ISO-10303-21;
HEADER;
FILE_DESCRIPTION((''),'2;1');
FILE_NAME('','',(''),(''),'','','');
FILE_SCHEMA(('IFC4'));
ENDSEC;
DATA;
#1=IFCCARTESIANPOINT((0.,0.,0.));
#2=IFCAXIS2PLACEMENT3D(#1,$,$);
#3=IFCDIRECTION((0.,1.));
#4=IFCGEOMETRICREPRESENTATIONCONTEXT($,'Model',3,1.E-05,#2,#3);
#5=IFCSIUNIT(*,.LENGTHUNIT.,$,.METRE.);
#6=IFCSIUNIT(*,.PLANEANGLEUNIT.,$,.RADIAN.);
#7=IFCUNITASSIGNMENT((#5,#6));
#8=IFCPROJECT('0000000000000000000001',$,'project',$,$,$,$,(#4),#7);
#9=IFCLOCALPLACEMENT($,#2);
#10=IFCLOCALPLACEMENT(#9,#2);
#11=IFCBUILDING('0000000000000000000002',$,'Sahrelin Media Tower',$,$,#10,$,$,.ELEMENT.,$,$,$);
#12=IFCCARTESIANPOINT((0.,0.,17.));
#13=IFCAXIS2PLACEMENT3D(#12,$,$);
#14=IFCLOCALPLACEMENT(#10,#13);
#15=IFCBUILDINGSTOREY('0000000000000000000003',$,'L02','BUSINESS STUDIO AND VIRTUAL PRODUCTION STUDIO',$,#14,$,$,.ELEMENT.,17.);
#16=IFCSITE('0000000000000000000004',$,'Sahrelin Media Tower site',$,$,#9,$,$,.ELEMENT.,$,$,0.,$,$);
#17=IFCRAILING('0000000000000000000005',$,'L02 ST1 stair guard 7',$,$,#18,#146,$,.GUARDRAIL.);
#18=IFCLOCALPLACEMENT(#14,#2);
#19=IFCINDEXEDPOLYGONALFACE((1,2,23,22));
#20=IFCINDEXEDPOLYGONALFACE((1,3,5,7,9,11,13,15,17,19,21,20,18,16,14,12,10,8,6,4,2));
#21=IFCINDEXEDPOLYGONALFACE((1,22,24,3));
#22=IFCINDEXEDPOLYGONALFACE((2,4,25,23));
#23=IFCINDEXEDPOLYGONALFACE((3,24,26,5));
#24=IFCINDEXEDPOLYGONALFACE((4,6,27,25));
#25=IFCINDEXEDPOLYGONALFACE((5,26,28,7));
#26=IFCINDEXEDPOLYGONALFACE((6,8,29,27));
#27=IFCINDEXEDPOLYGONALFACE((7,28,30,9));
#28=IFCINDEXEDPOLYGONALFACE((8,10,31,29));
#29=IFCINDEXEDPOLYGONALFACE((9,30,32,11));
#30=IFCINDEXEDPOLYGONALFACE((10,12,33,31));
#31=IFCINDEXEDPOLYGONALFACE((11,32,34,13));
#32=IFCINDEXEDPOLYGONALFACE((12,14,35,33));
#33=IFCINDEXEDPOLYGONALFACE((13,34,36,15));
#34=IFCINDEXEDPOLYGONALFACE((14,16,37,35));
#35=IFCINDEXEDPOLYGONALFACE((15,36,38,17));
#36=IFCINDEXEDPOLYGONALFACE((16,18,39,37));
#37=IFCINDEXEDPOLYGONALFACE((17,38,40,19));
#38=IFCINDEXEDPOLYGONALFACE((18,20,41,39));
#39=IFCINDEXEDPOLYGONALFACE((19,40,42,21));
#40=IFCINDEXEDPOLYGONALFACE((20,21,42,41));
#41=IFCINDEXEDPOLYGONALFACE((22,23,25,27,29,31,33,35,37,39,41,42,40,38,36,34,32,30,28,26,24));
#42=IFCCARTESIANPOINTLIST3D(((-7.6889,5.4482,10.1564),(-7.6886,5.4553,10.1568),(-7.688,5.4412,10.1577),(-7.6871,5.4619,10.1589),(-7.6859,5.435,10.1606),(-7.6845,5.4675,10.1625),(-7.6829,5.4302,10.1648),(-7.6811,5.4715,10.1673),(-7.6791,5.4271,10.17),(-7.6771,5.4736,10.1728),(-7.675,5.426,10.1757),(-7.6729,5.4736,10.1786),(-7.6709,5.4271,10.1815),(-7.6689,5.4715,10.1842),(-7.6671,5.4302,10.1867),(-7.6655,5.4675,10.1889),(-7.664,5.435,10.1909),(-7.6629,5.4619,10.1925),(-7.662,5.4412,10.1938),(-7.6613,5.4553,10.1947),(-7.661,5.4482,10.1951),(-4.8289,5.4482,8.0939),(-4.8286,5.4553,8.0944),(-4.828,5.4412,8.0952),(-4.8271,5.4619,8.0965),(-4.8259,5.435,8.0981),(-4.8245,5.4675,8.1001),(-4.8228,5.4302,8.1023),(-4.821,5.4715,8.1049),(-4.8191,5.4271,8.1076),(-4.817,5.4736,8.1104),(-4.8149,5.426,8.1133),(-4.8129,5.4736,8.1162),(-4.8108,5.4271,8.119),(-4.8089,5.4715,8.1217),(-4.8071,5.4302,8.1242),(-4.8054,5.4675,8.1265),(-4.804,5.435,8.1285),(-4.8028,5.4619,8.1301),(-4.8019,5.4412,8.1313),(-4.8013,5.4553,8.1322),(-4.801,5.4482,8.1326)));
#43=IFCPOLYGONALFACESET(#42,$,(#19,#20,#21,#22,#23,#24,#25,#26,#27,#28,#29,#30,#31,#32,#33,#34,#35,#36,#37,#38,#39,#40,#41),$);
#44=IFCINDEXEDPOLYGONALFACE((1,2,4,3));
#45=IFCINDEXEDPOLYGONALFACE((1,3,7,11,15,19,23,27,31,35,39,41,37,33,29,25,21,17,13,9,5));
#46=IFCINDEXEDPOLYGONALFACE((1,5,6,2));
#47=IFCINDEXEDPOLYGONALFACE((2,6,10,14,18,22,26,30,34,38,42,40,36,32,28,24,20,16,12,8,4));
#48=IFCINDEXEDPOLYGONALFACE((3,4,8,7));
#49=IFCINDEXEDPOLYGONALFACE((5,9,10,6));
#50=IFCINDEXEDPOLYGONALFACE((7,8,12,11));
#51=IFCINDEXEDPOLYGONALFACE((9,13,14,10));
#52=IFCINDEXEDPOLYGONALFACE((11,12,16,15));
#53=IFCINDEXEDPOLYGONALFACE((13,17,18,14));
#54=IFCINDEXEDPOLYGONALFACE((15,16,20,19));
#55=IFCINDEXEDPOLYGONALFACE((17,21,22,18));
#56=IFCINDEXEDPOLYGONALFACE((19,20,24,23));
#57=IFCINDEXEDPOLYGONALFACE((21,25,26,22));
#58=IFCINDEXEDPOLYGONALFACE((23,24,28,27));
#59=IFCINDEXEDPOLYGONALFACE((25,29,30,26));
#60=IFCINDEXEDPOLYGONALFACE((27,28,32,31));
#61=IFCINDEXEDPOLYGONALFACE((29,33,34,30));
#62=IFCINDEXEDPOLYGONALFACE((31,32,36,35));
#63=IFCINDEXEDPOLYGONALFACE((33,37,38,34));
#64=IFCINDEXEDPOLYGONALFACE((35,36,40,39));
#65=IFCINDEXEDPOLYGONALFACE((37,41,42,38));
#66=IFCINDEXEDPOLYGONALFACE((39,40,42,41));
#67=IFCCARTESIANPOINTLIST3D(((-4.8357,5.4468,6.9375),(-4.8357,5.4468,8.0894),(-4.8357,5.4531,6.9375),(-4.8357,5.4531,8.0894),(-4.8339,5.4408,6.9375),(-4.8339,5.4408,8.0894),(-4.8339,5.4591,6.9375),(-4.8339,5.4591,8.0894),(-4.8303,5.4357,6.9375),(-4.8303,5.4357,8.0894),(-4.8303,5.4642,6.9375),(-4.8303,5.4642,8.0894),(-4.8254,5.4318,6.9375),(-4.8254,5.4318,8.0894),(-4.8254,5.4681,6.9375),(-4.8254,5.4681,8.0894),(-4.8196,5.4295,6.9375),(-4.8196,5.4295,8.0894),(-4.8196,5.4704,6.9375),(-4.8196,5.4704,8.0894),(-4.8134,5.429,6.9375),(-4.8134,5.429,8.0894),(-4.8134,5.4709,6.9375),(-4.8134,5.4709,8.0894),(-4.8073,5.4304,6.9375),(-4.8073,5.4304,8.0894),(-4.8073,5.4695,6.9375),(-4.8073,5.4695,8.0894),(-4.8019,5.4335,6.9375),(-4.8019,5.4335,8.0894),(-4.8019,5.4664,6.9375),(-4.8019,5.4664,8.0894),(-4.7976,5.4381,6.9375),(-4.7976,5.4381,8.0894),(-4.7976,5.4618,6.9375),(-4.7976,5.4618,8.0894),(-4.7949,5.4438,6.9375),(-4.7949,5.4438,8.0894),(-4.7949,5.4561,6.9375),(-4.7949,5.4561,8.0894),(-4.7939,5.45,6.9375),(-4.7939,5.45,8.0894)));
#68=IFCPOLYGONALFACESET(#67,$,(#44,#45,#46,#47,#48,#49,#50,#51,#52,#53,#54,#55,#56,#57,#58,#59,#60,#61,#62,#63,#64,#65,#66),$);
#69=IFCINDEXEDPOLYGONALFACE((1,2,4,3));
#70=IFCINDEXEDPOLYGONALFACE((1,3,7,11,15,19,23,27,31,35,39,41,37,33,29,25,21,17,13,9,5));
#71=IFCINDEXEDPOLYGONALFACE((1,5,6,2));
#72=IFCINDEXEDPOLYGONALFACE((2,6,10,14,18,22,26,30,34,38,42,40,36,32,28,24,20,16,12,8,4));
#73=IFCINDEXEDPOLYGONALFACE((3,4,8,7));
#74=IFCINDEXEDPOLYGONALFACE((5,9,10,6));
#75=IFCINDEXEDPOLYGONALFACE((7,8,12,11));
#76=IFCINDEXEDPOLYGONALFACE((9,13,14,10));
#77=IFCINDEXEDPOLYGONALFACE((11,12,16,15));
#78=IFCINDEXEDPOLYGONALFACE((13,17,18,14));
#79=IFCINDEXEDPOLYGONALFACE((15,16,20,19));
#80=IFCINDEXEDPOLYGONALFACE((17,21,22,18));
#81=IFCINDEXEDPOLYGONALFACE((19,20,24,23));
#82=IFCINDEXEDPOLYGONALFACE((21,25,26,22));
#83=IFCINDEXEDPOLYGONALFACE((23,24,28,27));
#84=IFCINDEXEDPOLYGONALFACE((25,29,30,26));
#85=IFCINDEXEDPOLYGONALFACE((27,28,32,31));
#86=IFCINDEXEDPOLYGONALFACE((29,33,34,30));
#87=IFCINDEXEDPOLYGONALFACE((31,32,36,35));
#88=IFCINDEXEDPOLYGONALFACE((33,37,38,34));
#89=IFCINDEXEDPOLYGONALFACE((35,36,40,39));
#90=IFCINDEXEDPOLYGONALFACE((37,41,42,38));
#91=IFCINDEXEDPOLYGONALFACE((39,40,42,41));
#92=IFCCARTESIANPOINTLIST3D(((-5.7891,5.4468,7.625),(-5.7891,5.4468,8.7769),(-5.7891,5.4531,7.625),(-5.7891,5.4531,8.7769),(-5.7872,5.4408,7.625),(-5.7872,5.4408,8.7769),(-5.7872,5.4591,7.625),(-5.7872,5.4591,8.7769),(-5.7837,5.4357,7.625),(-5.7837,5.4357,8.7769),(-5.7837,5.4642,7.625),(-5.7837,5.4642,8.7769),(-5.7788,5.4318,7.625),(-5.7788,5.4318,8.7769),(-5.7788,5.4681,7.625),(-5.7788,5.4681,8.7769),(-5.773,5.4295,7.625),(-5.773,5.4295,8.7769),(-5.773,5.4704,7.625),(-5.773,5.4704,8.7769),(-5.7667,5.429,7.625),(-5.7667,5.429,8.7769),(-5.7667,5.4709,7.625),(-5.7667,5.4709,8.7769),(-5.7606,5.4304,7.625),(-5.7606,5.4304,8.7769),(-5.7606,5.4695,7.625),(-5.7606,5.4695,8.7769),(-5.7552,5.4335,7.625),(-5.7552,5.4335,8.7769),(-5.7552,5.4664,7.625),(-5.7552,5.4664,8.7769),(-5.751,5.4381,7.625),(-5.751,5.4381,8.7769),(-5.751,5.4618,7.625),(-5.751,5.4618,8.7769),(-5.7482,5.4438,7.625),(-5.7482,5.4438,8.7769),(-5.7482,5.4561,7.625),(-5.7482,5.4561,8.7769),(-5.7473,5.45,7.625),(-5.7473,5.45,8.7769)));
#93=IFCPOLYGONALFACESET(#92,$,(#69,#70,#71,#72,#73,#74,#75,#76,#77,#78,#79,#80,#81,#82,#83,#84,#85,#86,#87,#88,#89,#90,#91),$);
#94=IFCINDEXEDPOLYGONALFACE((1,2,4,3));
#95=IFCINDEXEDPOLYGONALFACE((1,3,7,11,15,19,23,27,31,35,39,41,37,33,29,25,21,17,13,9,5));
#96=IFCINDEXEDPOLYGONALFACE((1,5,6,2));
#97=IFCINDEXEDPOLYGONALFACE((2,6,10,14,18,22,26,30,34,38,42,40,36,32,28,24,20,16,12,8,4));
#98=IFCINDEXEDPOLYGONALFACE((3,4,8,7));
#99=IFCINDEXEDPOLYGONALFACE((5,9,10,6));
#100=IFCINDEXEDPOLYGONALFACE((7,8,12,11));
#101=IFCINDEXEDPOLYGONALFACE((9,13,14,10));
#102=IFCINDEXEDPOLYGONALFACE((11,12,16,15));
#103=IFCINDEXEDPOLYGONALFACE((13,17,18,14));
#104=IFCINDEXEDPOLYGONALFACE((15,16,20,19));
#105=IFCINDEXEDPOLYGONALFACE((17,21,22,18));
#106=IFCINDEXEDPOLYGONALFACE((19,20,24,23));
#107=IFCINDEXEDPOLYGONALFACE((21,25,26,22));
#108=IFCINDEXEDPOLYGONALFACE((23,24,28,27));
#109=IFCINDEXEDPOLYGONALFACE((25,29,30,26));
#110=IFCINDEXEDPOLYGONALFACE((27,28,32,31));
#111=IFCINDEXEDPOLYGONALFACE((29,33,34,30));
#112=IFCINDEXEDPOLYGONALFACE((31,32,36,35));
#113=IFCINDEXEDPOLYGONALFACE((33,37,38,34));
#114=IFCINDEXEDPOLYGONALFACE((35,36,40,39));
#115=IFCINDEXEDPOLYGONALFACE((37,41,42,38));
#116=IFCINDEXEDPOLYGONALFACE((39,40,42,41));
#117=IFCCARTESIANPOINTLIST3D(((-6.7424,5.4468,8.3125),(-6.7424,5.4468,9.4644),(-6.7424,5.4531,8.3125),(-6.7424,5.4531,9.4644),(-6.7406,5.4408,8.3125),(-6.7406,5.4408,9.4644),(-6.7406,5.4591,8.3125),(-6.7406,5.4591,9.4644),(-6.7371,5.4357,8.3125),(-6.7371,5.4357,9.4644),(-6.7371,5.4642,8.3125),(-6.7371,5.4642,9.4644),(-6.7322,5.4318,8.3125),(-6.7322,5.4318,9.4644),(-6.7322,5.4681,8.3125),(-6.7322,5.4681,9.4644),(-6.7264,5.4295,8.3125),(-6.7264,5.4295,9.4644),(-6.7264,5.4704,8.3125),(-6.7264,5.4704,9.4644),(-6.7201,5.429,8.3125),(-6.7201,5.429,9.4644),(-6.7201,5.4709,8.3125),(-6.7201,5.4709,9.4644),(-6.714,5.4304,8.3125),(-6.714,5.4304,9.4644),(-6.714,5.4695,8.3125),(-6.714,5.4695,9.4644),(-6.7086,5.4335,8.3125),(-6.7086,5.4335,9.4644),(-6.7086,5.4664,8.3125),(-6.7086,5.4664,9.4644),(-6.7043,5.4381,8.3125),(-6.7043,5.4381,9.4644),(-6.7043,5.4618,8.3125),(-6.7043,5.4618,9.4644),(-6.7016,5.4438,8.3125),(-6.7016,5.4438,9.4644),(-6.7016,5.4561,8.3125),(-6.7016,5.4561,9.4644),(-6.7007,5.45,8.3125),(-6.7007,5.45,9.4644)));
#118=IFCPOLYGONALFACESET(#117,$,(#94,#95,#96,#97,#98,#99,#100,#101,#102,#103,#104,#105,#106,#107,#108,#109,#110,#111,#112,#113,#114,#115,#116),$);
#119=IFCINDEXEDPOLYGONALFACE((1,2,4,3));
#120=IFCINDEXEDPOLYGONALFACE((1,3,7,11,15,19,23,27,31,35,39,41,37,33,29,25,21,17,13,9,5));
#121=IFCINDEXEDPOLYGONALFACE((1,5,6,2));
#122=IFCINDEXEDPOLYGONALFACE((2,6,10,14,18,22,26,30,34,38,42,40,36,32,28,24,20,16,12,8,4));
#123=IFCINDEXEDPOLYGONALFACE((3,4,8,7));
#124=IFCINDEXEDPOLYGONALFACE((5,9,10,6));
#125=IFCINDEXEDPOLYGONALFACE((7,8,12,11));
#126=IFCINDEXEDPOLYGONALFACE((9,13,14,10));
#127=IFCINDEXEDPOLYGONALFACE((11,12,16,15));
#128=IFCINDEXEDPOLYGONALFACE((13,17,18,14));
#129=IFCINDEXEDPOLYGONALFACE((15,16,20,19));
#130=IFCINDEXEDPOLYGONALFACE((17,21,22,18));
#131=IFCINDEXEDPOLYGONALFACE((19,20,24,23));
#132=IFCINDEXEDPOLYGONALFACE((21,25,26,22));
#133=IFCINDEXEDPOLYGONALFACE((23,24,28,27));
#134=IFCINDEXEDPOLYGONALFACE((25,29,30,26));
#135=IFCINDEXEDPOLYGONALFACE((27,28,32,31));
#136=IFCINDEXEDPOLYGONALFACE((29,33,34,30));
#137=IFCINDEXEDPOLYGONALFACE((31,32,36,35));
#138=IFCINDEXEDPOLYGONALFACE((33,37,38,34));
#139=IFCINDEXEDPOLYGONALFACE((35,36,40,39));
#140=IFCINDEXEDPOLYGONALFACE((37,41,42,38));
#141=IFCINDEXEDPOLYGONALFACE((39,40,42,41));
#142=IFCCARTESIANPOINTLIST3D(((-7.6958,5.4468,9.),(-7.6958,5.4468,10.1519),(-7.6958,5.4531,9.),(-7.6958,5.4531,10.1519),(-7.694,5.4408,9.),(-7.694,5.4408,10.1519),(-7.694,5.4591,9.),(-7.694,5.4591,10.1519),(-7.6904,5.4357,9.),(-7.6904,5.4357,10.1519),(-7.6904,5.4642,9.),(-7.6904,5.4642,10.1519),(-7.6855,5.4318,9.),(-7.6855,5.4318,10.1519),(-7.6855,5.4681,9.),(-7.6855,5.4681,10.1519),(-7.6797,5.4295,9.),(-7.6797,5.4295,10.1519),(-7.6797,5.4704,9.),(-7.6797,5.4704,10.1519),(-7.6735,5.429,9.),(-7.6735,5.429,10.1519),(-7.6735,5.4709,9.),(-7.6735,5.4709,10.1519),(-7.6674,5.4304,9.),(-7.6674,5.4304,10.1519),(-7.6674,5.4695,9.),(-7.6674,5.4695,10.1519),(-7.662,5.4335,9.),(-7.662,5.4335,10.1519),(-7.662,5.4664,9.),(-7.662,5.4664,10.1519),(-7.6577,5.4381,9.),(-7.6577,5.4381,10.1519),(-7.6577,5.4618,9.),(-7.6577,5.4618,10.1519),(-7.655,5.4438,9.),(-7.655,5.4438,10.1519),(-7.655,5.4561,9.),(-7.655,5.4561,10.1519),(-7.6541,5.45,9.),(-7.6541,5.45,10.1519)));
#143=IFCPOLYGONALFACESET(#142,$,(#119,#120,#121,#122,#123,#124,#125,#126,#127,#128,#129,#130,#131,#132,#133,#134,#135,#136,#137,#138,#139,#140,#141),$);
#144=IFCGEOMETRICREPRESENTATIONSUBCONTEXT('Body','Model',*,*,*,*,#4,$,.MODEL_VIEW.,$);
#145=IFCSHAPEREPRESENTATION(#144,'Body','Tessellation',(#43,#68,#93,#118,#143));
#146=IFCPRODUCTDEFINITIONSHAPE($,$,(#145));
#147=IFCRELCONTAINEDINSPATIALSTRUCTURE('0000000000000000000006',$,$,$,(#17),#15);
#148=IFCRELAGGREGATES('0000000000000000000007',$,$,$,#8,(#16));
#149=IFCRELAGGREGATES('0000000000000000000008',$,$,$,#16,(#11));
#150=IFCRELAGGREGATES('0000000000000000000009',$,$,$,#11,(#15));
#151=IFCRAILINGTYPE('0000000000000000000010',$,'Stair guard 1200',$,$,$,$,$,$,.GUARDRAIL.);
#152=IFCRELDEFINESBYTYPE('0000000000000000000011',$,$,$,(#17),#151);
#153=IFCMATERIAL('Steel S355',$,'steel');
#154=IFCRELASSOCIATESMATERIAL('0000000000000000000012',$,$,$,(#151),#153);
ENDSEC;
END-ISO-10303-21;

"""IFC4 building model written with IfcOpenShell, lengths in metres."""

from ifc_helpers import new_model, si_unit, direction, frame, origin, origin_2d, place, context, subcontext, project, spatial, circle, extrude, material, type_object, element, save


model = new_model("IFC4")

# Units and contexts
model_context = context("Model", 3, precision=1e-05, world=origin(), true_north=direction((0.0, 1.0)))
body_context = subcontext(model_context, "Body", "Model", "MODEL_VIEW")
ifc_project = project(units=[si_unit("LENGTHUNIT", "METRE"), si_unit("PLANEANGLEUNIT", "RADIAN")], contexts=[model_context])

# Site, building, storey
site_placement = place(None, origin())
site = spatial("IfcSite", under=ifc_project, at=site_placement, Name="Sahrelin Media Tower site", CompositionType="ELEMENT", RefElevation=0.0)
building_placement = place(site_placement, origin())
building = spatial("IfcBuilding", under=site, at=building_placement, Name="Sahrelin Media Tower", CompositionType="ELEMENT")
storey_placement = place(building_placement, frame((0.0, 0.0, 17.0)))
storey = spatial("IfcBuildingStorey", under=building, at=storey_placement, Name="L02", Description="BUSINESS STUDIO AND VIRTUAL PRODUCTION STUDIO", CompositionType="ELEMENT", Elevation=17.0)

# Shared definitions
ifc_material_1 = material(Name="Steel S355", Category="steel")

# Railing
railing_type_1 = type_object("IfcRailingType", Name="Stair guard 1200", PredefinedType="GUARDRAIL", material=ifc_material_1)
railing_1_placement = place(storey_placement, frame((-4.8149, 5.45, 6.9375)))
element("IfcRailing", 1, at=railing_1_placement, inside=storey, type_object=railing_type_1, Name="L02 ST1 stair guard 7", PredefinedType="GUARDRAIL", context=body_context, shape_type="SweptSolid", body=[
    extrude(circle(Radius=0.0239, at=origin_2d()), frame((0.0, 0.0, 1.1758), z_axis=(-0.811101, 0.0, 0.584906), x_axis=(0.0, -1.0, 0.0)), (0.0, 0.0, 1.0), 3.5261),
    extrude(circle(Radius=0.021, at=origin_2d()), origin(), (0.0, 0.0, 1.0), 1.1519),
    extrude(circle(Radius=0.021, at=origin_2d()), frame((-0.9534, 0.0, 0.6875)), (0.0, 0.0, 1.0), 1.1519),
    extrude(circle(Radius=0.021, at=origin_2d()), frame((-1.9067, 0.0, 1.375)), (0.0, 0.0, 1.0), 1.1519),
    extrude(circle(Radius=0.021, at=origin_2d()), frame((-2.8601, 0.0, 2.0625)), (0.0, 0.0, 1.0), 1.1519),
])

save(model, "model.ifc")
